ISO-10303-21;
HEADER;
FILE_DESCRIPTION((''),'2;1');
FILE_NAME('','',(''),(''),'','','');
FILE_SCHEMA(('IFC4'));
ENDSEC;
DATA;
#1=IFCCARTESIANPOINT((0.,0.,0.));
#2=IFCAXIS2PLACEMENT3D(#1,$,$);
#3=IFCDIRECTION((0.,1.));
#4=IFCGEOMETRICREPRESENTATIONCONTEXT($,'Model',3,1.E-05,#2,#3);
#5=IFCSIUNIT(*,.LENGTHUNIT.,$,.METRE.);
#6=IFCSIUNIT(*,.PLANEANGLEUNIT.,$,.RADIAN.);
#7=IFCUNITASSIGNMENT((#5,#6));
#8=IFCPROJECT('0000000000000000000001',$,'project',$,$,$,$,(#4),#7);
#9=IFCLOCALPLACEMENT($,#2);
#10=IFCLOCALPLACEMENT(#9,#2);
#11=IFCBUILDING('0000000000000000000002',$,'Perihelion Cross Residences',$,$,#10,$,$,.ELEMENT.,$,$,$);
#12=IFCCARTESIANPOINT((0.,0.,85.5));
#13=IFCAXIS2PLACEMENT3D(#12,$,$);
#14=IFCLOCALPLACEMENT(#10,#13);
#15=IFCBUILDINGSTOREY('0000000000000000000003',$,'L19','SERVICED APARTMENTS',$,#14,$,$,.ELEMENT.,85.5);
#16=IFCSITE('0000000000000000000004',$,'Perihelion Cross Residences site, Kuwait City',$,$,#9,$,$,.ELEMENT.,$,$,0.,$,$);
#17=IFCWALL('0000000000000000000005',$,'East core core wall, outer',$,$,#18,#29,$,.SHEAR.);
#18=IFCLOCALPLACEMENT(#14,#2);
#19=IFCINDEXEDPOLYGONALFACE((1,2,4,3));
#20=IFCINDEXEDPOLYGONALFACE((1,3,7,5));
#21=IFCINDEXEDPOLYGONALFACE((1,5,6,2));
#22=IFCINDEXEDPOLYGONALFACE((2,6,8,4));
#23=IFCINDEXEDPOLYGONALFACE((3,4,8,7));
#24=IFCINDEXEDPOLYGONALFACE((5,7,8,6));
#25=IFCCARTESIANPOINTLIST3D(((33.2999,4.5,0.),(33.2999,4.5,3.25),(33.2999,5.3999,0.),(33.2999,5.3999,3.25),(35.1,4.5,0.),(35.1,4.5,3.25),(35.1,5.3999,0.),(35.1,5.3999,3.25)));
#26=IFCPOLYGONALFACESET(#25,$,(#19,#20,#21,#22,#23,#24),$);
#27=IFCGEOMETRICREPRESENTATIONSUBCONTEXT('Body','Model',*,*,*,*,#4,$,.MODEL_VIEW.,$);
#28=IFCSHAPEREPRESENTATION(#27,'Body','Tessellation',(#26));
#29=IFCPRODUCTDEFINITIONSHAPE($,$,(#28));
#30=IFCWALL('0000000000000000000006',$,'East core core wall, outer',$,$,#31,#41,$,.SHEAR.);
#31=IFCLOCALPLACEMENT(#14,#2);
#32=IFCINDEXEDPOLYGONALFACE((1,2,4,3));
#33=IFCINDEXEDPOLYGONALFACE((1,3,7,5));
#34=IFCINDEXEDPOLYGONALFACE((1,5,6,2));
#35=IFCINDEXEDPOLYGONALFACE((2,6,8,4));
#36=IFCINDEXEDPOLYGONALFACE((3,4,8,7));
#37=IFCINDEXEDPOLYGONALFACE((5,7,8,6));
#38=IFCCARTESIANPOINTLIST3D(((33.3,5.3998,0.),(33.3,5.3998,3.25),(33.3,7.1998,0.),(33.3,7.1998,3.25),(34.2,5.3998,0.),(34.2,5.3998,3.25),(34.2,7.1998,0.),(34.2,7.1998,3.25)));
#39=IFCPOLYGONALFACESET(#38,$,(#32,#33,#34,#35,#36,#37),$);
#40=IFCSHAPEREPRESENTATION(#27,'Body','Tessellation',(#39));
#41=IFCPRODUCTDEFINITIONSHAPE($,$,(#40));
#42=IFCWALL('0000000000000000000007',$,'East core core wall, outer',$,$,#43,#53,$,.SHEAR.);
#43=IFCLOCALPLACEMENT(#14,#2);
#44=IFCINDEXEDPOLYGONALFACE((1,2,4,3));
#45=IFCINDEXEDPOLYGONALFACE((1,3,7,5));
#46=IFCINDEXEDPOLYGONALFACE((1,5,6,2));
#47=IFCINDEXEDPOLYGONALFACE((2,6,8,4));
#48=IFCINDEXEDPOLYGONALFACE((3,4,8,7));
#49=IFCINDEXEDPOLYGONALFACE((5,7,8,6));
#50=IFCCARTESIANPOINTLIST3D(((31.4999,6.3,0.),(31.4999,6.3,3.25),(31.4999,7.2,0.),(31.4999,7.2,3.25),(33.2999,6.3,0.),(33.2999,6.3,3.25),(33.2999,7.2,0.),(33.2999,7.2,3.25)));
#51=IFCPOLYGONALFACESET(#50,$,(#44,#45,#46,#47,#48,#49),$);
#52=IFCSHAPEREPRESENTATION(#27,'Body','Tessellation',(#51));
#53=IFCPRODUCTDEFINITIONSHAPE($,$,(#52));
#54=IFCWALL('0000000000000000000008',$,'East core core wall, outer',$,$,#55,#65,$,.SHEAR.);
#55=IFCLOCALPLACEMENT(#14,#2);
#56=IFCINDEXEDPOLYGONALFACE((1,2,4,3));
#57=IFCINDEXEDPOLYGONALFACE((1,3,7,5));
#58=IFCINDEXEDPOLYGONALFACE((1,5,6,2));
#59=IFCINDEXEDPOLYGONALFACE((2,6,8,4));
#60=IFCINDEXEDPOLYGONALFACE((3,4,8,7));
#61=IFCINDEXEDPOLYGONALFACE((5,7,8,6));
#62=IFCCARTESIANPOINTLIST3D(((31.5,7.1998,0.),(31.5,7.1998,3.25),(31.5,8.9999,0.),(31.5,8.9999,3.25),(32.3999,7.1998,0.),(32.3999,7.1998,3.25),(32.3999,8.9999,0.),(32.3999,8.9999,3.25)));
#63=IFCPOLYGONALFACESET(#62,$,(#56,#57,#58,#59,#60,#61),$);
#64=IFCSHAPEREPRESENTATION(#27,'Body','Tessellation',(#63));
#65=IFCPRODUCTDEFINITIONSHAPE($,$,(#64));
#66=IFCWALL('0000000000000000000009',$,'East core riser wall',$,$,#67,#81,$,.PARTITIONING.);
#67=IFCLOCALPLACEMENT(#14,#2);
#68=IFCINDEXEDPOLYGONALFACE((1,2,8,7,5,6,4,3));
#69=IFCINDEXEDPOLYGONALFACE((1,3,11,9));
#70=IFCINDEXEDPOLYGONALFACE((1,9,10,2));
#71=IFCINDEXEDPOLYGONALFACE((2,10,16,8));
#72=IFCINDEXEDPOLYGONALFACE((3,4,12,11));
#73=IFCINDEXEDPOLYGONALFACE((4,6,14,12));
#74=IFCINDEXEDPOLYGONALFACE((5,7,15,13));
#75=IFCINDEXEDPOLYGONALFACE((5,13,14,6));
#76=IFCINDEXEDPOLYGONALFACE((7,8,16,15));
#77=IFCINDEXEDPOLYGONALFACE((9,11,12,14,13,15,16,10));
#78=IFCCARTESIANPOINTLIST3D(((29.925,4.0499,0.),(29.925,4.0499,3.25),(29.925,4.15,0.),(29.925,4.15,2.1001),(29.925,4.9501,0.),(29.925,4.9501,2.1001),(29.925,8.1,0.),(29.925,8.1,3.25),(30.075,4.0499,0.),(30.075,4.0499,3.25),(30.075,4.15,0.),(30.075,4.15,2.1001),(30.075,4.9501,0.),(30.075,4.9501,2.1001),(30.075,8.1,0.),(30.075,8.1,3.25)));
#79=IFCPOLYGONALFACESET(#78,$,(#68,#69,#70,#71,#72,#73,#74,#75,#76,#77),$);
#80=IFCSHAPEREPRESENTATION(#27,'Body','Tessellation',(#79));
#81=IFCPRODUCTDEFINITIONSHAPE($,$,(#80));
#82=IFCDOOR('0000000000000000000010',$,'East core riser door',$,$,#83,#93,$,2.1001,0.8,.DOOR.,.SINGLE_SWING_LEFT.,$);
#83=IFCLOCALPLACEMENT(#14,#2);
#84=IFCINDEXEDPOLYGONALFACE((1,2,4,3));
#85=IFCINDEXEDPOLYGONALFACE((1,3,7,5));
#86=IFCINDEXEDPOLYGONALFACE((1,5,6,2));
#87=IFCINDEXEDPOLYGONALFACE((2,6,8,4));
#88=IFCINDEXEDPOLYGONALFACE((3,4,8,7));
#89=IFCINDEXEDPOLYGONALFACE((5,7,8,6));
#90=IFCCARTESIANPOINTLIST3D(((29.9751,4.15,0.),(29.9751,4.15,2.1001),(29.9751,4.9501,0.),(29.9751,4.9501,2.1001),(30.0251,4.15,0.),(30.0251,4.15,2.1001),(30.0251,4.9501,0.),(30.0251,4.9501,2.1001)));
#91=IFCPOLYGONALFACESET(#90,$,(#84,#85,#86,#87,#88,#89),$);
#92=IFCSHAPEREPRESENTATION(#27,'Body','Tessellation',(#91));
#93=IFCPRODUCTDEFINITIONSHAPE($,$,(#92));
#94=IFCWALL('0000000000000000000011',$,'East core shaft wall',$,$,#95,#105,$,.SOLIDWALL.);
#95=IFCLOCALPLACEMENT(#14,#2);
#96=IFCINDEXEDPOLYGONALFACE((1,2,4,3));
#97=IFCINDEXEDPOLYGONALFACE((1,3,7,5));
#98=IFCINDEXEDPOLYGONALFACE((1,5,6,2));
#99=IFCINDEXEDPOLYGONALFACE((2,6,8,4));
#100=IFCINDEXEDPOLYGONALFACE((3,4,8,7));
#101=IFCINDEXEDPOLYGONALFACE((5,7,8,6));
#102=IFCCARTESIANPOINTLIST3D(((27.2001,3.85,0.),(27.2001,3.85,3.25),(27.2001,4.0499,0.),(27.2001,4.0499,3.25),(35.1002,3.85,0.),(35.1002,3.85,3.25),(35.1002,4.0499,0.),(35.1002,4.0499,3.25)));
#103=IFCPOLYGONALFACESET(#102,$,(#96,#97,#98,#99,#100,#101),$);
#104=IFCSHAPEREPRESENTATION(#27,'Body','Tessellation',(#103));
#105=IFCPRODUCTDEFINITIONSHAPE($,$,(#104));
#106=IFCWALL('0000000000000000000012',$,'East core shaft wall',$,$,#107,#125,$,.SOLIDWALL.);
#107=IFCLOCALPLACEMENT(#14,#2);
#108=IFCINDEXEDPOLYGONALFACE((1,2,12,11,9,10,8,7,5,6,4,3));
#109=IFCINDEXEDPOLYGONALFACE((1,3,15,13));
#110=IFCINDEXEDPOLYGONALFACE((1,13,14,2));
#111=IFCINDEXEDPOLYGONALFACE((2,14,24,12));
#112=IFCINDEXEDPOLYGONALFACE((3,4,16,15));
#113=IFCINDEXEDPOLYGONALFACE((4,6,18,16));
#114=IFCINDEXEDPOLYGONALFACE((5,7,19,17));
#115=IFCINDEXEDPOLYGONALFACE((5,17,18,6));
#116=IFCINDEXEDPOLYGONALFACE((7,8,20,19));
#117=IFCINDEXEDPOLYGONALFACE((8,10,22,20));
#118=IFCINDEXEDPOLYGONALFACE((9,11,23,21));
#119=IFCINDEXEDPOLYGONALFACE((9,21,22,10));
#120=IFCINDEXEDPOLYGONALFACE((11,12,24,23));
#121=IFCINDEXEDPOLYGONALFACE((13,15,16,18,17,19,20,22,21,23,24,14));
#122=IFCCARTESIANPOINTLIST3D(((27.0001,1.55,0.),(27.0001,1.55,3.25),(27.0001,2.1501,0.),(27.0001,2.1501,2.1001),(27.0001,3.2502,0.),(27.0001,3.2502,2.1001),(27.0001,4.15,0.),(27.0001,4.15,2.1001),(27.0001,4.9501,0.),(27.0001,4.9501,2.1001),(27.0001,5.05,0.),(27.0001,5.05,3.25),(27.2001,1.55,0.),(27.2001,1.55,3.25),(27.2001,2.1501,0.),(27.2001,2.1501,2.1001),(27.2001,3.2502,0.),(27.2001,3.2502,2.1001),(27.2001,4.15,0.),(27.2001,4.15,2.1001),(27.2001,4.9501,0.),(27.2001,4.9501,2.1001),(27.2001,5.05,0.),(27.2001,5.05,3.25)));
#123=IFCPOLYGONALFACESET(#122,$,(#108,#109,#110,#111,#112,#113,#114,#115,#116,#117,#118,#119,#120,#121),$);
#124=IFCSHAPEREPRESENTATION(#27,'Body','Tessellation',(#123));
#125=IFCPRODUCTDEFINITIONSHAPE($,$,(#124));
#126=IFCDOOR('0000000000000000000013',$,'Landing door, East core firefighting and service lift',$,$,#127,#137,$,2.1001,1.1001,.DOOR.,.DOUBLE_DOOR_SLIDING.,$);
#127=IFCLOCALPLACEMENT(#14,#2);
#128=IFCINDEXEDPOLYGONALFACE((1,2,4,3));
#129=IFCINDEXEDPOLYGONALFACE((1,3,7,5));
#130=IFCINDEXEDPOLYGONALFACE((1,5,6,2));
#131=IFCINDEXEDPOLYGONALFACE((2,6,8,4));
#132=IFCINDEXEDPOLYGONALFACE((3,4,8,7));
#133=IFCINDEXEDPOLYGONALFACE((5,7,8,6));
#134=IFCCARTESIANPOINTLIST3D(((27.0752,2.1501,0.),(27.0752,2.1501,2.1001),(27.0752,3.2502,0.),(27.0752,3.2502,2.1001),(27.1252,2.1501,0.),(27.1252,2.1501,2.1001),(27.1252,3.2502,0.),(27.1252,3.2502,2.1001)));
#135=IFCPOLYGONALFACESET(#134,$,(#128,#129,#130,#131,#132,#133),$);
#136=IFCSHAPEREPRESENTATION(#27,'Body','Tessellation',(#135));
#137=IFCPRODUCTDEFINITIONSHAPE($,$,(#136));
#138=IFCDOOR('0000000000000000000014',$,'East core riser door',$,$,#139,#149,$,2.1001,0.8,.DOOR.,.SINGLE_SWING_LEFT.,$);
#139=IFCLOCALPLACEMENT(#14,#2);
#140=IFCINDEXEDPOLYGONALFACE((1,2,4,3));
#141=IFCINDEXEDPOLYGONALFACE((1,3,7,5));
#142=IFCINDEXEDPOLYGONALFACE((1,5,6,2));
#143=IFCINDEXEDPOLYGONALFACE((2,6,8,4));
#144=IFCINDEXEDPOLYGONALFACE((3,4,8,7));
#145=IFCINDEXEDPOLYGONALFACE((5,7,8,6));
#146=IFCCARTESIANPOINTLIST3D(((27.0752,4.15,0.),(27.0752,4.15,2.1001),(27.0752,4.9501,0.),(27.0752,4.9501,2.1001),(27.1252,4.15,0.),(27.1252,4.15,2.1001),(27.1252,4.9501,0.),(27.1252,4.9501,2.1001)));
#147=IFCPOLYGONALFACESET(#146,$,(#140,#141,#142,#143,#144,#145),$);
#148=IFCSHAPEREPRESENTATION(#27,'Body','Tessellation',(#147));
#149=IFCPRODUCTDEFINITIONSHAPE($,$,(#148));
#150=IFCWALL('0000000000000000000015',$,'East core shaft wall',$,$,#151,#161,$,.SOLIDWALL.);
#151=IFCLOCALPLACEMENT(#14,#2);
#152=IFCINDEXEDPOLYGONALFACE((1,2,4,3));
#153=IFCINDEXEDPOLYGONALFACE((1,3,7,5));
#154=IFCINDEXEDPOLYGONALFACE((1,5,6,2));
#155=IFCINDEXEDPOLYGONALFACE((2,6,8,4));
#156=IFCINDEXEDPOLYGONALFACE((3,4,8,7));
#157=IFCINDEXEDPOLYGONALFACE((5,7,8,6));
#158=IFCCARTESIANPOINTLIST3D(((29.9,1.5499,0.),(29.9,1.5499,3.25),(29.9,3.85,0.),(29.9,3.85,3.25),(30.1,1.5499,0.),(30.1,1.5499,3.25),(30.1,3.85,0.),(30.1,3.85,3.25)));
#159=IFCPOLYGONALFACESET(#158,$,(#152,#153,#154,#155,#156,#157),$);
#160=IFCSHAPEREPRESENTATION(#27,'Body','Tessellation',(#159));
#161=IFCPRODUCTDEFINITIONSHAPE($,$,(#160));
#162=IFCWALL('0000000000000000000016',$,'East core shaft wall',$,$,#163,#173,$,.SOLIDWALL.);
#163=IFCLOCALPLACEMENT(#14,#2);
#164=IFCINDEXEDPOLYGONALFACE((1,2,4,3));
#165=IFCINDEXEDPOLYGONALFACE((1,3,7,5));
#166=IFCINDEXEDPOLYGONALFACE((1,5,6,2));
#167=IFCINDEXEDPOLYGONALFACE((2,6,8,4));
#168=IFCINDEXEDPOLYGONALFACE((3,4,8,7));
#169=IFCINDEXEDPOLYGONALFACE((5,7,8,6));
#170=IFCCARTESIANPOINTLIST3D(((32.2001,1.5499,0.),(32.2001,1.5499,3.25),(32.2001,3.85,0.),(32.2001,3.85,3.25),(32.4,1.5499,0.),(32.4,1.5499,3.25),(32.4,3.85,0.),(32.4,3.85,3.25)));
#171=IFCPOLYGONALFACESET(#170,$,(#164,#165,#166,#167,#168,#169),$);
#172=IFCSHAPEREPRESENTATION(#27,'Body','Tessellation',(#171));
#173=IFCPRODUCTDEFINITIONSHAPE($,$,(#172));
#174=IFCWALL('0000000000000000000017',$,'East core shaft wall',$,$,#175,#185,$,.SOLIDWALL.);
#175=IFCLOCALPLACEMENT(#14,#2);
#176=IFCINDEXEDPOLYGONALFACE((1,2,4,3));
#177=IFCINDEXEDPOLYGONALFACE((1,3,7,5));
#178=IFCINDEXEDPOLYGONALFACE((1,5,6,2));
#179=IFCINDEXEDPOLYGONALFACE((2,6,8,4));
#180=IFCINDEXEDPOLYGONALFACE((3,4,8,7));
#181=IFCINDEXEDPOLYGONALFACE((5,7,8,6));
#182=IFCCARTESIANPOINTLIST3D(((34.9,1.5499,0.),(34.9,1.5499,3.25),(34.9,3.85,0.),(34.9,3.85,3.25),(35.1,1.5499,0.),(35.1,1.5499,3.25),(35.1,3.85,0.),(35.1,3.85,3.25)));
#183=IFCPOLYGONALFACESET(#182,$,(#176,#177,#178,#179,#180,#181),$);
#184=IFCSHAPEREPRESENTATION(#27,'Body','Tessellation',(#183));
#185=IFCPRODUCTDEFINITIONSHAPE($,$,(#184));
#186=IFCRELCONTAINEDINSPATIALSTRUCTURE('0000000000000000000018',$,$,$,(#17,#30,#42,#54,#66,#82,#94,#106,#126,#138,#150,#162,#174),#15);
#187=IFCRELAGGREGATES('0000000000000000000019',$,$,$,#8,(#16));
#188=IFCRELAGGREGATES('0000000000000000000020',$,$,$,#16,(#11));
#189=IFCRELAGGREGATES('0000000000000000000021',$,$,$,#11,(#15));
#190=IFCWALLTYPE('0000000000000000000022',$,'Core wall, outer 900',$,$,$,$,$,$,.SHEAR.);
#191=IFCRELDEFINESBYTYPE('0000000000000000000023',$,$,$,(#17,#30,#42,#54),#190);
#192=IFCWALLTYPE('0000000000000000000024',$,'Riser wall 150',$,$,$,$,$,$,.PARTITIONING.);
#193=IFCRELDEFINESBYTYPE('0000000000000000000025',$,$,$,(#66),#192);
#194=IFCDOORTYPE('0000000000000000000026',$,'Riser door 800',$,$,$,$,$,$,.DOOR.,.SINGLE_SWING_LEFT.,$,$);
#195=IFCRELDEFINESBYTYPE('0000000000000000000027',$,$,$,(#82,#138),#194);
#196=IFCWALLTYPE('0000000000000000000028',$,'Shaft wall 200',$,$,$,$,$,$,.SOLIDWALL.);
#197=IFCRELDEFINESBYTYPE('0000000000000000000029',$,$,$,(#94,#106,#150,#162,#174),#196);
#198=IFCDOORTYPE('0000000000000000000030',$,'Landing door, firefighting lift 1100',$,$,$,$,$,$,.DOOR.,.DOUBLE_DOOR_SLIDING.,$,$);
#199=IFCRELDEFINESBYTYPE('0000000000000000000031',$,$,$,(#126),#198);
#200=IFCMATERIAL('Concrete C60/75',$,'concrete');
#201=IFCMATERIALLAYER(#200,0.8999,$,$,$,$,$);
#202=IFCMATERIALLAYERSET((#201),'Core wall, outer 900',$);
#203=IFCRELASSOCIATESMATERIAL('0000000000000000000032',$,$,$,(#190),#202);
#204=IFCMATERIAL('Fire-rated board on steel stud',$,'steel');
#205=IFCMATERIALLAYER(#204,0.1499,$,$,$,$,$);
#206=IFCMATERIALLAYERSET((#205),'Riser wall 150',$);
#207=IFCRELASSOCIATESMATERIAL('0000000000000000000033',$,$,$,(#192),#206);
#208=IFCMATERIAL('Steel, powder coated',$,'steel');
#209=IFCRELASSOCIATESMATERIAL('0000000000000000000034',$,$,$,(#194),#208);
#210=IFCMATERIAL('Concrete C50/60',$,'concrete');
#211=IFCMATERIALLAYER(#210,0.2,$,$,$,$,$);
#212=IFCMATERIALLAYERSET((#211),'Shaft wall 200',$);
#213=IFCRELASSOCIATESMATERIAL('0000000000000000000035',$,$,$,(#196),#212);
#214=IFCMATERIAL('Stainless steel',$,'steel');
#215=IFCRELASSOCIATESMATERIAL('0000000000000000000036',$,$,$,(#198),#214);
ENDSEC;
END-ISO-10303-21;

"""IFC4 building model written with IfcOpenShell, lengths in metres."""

from ifc_helpers import new_model, si_unit, direction, frame, frame_2d, origin, place, context, subcontext, project, spatial, rectangle, extrude, material, layer, layer_set, type_object, element, fill, save


model = new_model("IFC4")

# Units and contexts
model_context = context("Model", 3, precision=1e-05, world=origin(), true_north=direction((0.0, 1.0)))
body_context = subcontext(model_context, "Body", "Model", "MODEL_VIEW")
ifc_project = project(units=[si_unit("LENGTHUNIT", "METRE"), si_unit("PLANEANGLEUNIT", "RADIAN")], contexts=[model_context])

# Site, building, storey
site_placement = place(None, origin())
site = spatial("IfcSite", under=ifc_project, at=site_placement, Name="Perihelion Cross Residences site, Kuwait City", CompositionType="ELEMENT", RefElevation=0.0)
building_placement = place(site_placement, origin())
building = spatial("IfcBuilding", under=site, at=building_placement, Name="Perihelion Cross Residences", CompositionType="ELEMENT")
storey_placement = place(building_placement, frame((0.0, 0.0, 85.5)))
storey = spatial("IfcBuildingStorey", under=building, at=storey_placement, Name="L19", Description="SERVICED APARTMENTS", CompositionType="ELEMENT", Elevation=85.5)

# Walls
ifc_material_1 = material(Name="Concrete C60/75", Category="concrete")
ifc_layer_1 = layer(ifc_material_1, 0.8999)
ifc_layer_set_1 = layer_set([ifc_layer_1], Name="Core wall, outer 900")
wall_type_1 = type_object("IfcWallType", Name="Core wall, outer 900", PredefinedType="SHEAR", material=ifc_layer_set_1)
for number, where, z_axis, x_axis, name in (
    (1, (33.3, 4.95, 0.0), (0.0, 0.0, 1.0), (1.0, 0.0, 0.0), "East core core wall, outer"),
    (2, (33.75, 5.3999, 0.0), (0.0, 0.0, 1.0), (0.0, 1.0, 0.0), "East core core wall, outer"),
    (3, (31.5, 6.75, 0.0), (0.0, 0.0, 1.0), (1.0, 0.0, 0.0), "East core core wall, outer"),
    (4, (31.95, 7.2, 0.0), (0.0, 0.0, 1.0), (0.0, 1.0, 0.0), "East core core wall, outer"),
):
    element("IfcWall", number, at=place(storey_placement, frame(where, z_axis=z_axis, x_axis=x_axis)), inside=storey, type_object=wall_type_1, Name=name, PredefinedType="SHEAR", context=body_context, shape_type="SweptSolid", body=[
        extrude(rectangle(XDim=1.8, YDim=0.8999, at=frame_2d((0.8999, 0.0))), origin(), (0.0, 0.0, 1.0), 3.25),
    ])

# Wall, opening, door
ifc_material_2 = material(Name="Fire-rated board on steel stud", Category="steel")
ifc_layer_2 = layer(ifc_material_2, 0.1499)
ifc_layer_set_2 = layer_set([ifc_layer_2], Name="Riser wall 150")
wall_type_2 = type_object("IfcWallType", Name="Riser wall 150", PredefinedType="PARTITIONING", material=ifc_layer_set_2)
wall_1_placement = place(storey_placement, frame((30.0, 4.05, 0.0), z_axis=(0.0, 0.0, 1.0), x_axis=(0.0, 1.0, 0.0)))
wall_1 = element("IfcWall", 5, at=wall_1_placement, inside=storey, type_object=wall_type_2, Name="East core riser wall", PredefinedType="PARTITIONING", context=body_context, shape_type="SweptSolid", body=[
    extrude(rectangle(XDim=4.05, YDim=0.1499, at=frame_2d((2.0249, 0.0))), origin(), (0.0, 0.0, 1.0), 3.25),
])
opening_1_placement = place(wall_1_placement, frame((0.1001, 0.0, 0.0)))
opening_1 = element("IfcOpeningElement", 6, at=opening_1_placement, cuts=wall_1, PredefinedType="OPENING", context=body_context, shape_type="SweptSolid", body=[
    extrude(rectangle(XDim=0.8, YDim=2.1001, at=frame_2d((0.3999, 1.05))), frame((0.0, 0.085, 0.0), z_axis=(0.0, -1.0, 0.0), x_axis=(1.0, 0.0, 0.0)), (0.0, 0.0, 1.0), 0.1699),
])
ifc_material_3 = material(Name="Steel, powder coated", Category="steel")
door_type_1 = type_object("IfcDoorType", Name="Riser door 800", OperationType="SINGLE_SWING_LEFT", PredefinedType="DOOR", material=ifc_material_3)
door_1_placement = place(opening_1_placement, origin())
door_1 = element("IfcDoor", 7, at=door_1_placement, inside=storey, type_object=door_type_1, Name="East core riser door", OperationType="SINGLE_SWING_LEFT", OverallHeight=2.1001, OverallWidth=0.8, PredefinedType="DOOR", context=body_context, shape_type="SweptSolid", body=[
    extrude(rectangle(XDim=0.8, YDim=2.1001, at=frame_2d((0.3999, 1.05))), frame((0.0, 0.0249, 0.0), z_axis=(0.0, -1.0, 0.0), x_axis=(1.0, 0.0, 0.0)), (0.0, 0.0, 1.0), 0.05),
])
fill(opening_1, door_1)

# Wall
ifc_material_4 = material(Name="Concrete C50/60", Category="concrete")
ifc_layer_3 = layer(ifc_material_4, 0.2)
ifc_layer_set_3 = layer_set([ifc_layer_3], Name="Shaft wall 200")
wall_type_3 = type_object("IfcWallType", Name="Shaft wall 200", PredefinedType="SOLIDWALL", material=ifc_layer_set_3)
wall_2_placement = place(storey_placement, frame((27.2, 3.95, 0.0), z_axis=(0.0, 0.0, 1.0), x_axis=(1.0, 0.0, 0.0)))
element("IfcWall", 8, at=wall_2_placement, inside=storey, type_object=wall_type_3, Name="East core shaft wall", PredefinedType="SOLIDWALL", context=body_context, shape_type="SweptSolid", body=[
    extrude(rectangle(XDim=7.9001, YDim=0.2, at=frame_2d((3.9502, 0.0))), origin(), (0.0, 0.0, 1.0), 3.25),
])

# Wall, openings, doors
wall_3_placement = place(storey_placement, frame((27.1001, 1.55, 0.0), z_axis=(0.0, 0.0, 1.0), x_axis=(0.0, 1.0, 0.0)))
wall_3 = element("IfcWall", 9, at=wall_3_placement, inside=storey, type_object=wall_type_3, Name="East core shaft wall", PredefinedType="SOLIDWALL", context=body_context, shape_type="SweptSolid", body=[
    extrude(rectangle(XDim=3.5, YDim=0.2, at=frame_2d((1.75, 0.0))), origin(), (0.0, 0.0, 1.0), 3.25),
])
opening_2_placement = place(wall_3_placement, frame((0.6001, 0.0, 0.0)))
opening_2 = element("IfcOpeningElement", 10, at=opening_2_placement, cuts=wall_3, PredefinedType="OPENING", context=body_context, shape_type="SweptSolid", body=[
    extrude(rectangle(XDim=1.1001, YDim=2.1001, at=frame_2d((0.55, 1.05))), frame((0.0, 0.1099, 0.0), z_axis=(0.0, -1.0, 0.0), x_axis=(1.0, 0.0, 0.0)), (0.0, 0.0, 1.0), 0.22),
])
opening_3_placement = place(wall_3_placement, frame((2.6001, 0.0, 0.0)))
opening_3 = element("IfcOpeningElement", 11, at=opening_3_placement, cuts=wall_3, PredefinedType="OPENING", context=body_context, shape_type="SweptSolid", body=[
    extrude(rectangle(XDim=0.8, YDim=2.1001, at=frame_2d((0.3999, 1.05))), frame((0.0, 0.1099, 0.0), z_axis=(0.0, -1.0, 0.0), x_axis=(1.0, 0.0, 0.0)), (0.0, 0.0, 1.0), 0.22),
])
ifc_material_5 = material(Name="Stainless steel", Category="steel")
door_type_2 = type_object("IfcDoorType", Name="Landing door, firefighting lift 1100", OperationType="DOUBLE_DOOR_SLIDING", PredefinedType="DOOR", material=ifc_material_5)
door_2_placement = place(opening_2_placement, origin())
door_2 = element("IfcDoor", 12, at=door_2_placement, inside=storey, type_object=door_type_2, Name="Landing door, East core firefighting and service lift", OperationType="DOUBLE_DOOR_SLIDING", OverallHeight=2.1001, OverallWidth=1.1001, PredefinedType="DOOR", context=body_context, shape_type="SweptSolid", body=[
    extrude(rectangle(XDim=1.1001, YDim=2.1001, at=frame_2d((0.55, 1.05))), frame((0.0, 0.0249, 0.0), z_axis=(0.0, -1.0, 0.0), x_axis=(1.0, 0.0, 0.0)), (0.0, 0.0, 1.0), 0.05),
])
fill(opening_2, door_2)
door_3_placement = place(opening_3_placement, origin())
door_3 = element("IfcDoor", 13, at=door_3_placement, inside=storey, type_object=door_type_1, Name="East core riser door", OperationType="SINGLE_SWING_LEFT", OverallHeight=2.1001, OverallWidth=0.8, PredefinedType="DOOR", context=body_context, shape_type="SweptSolid", body=[
    extrude(rectangle(XDim=0.8, YDim=2.1001, at=frame_2d((0.3999, 1.05))), frame((0.0, 0.0249, 0.0), z_axis=(0.0, -1.0, 0.0), x_axis=(1.0, 0.0, 0.0)), (0.0, 0.0, 1.0), 0.05),
])
fill(opening_3, door_3)

# Walls
for number, where, z_axis, x_axis, name in (
    (14, (30.0, 1.55, 0.0), (0.0, 0.0, 1.0), (0.0, 1.0, 0.0), "East core shaft wall"),
    (15, (32.3, 1.55, 0.0), (0.0, 0.0, 1.0), (0.0, 1.0, 0.0), "East core shaft wall"),
    (16, (35.0, 1.55, 0.0), (0.0, 0.0, 1.0), (0.0, 1.0, 0.0), "East core shaft wall"),
):
    element("IfcWall", number, at=place(storey_placement, frame(where, z_axis=z_axis, x_axis=x_axis)), inside=storey, type_object=wall_type_3, Name=name, PredefinedType="SOLIDWALL", context=body_context, shape_type="SweptSolid", body=[
        extrude(rectangle(XDim=2.3, YDim=0.2, at=frame_2d((1.1499, 0.0))), origin(), (0.0, 0.0, 1.0), 3.25),
    ])

save(model, "model.ifc")
